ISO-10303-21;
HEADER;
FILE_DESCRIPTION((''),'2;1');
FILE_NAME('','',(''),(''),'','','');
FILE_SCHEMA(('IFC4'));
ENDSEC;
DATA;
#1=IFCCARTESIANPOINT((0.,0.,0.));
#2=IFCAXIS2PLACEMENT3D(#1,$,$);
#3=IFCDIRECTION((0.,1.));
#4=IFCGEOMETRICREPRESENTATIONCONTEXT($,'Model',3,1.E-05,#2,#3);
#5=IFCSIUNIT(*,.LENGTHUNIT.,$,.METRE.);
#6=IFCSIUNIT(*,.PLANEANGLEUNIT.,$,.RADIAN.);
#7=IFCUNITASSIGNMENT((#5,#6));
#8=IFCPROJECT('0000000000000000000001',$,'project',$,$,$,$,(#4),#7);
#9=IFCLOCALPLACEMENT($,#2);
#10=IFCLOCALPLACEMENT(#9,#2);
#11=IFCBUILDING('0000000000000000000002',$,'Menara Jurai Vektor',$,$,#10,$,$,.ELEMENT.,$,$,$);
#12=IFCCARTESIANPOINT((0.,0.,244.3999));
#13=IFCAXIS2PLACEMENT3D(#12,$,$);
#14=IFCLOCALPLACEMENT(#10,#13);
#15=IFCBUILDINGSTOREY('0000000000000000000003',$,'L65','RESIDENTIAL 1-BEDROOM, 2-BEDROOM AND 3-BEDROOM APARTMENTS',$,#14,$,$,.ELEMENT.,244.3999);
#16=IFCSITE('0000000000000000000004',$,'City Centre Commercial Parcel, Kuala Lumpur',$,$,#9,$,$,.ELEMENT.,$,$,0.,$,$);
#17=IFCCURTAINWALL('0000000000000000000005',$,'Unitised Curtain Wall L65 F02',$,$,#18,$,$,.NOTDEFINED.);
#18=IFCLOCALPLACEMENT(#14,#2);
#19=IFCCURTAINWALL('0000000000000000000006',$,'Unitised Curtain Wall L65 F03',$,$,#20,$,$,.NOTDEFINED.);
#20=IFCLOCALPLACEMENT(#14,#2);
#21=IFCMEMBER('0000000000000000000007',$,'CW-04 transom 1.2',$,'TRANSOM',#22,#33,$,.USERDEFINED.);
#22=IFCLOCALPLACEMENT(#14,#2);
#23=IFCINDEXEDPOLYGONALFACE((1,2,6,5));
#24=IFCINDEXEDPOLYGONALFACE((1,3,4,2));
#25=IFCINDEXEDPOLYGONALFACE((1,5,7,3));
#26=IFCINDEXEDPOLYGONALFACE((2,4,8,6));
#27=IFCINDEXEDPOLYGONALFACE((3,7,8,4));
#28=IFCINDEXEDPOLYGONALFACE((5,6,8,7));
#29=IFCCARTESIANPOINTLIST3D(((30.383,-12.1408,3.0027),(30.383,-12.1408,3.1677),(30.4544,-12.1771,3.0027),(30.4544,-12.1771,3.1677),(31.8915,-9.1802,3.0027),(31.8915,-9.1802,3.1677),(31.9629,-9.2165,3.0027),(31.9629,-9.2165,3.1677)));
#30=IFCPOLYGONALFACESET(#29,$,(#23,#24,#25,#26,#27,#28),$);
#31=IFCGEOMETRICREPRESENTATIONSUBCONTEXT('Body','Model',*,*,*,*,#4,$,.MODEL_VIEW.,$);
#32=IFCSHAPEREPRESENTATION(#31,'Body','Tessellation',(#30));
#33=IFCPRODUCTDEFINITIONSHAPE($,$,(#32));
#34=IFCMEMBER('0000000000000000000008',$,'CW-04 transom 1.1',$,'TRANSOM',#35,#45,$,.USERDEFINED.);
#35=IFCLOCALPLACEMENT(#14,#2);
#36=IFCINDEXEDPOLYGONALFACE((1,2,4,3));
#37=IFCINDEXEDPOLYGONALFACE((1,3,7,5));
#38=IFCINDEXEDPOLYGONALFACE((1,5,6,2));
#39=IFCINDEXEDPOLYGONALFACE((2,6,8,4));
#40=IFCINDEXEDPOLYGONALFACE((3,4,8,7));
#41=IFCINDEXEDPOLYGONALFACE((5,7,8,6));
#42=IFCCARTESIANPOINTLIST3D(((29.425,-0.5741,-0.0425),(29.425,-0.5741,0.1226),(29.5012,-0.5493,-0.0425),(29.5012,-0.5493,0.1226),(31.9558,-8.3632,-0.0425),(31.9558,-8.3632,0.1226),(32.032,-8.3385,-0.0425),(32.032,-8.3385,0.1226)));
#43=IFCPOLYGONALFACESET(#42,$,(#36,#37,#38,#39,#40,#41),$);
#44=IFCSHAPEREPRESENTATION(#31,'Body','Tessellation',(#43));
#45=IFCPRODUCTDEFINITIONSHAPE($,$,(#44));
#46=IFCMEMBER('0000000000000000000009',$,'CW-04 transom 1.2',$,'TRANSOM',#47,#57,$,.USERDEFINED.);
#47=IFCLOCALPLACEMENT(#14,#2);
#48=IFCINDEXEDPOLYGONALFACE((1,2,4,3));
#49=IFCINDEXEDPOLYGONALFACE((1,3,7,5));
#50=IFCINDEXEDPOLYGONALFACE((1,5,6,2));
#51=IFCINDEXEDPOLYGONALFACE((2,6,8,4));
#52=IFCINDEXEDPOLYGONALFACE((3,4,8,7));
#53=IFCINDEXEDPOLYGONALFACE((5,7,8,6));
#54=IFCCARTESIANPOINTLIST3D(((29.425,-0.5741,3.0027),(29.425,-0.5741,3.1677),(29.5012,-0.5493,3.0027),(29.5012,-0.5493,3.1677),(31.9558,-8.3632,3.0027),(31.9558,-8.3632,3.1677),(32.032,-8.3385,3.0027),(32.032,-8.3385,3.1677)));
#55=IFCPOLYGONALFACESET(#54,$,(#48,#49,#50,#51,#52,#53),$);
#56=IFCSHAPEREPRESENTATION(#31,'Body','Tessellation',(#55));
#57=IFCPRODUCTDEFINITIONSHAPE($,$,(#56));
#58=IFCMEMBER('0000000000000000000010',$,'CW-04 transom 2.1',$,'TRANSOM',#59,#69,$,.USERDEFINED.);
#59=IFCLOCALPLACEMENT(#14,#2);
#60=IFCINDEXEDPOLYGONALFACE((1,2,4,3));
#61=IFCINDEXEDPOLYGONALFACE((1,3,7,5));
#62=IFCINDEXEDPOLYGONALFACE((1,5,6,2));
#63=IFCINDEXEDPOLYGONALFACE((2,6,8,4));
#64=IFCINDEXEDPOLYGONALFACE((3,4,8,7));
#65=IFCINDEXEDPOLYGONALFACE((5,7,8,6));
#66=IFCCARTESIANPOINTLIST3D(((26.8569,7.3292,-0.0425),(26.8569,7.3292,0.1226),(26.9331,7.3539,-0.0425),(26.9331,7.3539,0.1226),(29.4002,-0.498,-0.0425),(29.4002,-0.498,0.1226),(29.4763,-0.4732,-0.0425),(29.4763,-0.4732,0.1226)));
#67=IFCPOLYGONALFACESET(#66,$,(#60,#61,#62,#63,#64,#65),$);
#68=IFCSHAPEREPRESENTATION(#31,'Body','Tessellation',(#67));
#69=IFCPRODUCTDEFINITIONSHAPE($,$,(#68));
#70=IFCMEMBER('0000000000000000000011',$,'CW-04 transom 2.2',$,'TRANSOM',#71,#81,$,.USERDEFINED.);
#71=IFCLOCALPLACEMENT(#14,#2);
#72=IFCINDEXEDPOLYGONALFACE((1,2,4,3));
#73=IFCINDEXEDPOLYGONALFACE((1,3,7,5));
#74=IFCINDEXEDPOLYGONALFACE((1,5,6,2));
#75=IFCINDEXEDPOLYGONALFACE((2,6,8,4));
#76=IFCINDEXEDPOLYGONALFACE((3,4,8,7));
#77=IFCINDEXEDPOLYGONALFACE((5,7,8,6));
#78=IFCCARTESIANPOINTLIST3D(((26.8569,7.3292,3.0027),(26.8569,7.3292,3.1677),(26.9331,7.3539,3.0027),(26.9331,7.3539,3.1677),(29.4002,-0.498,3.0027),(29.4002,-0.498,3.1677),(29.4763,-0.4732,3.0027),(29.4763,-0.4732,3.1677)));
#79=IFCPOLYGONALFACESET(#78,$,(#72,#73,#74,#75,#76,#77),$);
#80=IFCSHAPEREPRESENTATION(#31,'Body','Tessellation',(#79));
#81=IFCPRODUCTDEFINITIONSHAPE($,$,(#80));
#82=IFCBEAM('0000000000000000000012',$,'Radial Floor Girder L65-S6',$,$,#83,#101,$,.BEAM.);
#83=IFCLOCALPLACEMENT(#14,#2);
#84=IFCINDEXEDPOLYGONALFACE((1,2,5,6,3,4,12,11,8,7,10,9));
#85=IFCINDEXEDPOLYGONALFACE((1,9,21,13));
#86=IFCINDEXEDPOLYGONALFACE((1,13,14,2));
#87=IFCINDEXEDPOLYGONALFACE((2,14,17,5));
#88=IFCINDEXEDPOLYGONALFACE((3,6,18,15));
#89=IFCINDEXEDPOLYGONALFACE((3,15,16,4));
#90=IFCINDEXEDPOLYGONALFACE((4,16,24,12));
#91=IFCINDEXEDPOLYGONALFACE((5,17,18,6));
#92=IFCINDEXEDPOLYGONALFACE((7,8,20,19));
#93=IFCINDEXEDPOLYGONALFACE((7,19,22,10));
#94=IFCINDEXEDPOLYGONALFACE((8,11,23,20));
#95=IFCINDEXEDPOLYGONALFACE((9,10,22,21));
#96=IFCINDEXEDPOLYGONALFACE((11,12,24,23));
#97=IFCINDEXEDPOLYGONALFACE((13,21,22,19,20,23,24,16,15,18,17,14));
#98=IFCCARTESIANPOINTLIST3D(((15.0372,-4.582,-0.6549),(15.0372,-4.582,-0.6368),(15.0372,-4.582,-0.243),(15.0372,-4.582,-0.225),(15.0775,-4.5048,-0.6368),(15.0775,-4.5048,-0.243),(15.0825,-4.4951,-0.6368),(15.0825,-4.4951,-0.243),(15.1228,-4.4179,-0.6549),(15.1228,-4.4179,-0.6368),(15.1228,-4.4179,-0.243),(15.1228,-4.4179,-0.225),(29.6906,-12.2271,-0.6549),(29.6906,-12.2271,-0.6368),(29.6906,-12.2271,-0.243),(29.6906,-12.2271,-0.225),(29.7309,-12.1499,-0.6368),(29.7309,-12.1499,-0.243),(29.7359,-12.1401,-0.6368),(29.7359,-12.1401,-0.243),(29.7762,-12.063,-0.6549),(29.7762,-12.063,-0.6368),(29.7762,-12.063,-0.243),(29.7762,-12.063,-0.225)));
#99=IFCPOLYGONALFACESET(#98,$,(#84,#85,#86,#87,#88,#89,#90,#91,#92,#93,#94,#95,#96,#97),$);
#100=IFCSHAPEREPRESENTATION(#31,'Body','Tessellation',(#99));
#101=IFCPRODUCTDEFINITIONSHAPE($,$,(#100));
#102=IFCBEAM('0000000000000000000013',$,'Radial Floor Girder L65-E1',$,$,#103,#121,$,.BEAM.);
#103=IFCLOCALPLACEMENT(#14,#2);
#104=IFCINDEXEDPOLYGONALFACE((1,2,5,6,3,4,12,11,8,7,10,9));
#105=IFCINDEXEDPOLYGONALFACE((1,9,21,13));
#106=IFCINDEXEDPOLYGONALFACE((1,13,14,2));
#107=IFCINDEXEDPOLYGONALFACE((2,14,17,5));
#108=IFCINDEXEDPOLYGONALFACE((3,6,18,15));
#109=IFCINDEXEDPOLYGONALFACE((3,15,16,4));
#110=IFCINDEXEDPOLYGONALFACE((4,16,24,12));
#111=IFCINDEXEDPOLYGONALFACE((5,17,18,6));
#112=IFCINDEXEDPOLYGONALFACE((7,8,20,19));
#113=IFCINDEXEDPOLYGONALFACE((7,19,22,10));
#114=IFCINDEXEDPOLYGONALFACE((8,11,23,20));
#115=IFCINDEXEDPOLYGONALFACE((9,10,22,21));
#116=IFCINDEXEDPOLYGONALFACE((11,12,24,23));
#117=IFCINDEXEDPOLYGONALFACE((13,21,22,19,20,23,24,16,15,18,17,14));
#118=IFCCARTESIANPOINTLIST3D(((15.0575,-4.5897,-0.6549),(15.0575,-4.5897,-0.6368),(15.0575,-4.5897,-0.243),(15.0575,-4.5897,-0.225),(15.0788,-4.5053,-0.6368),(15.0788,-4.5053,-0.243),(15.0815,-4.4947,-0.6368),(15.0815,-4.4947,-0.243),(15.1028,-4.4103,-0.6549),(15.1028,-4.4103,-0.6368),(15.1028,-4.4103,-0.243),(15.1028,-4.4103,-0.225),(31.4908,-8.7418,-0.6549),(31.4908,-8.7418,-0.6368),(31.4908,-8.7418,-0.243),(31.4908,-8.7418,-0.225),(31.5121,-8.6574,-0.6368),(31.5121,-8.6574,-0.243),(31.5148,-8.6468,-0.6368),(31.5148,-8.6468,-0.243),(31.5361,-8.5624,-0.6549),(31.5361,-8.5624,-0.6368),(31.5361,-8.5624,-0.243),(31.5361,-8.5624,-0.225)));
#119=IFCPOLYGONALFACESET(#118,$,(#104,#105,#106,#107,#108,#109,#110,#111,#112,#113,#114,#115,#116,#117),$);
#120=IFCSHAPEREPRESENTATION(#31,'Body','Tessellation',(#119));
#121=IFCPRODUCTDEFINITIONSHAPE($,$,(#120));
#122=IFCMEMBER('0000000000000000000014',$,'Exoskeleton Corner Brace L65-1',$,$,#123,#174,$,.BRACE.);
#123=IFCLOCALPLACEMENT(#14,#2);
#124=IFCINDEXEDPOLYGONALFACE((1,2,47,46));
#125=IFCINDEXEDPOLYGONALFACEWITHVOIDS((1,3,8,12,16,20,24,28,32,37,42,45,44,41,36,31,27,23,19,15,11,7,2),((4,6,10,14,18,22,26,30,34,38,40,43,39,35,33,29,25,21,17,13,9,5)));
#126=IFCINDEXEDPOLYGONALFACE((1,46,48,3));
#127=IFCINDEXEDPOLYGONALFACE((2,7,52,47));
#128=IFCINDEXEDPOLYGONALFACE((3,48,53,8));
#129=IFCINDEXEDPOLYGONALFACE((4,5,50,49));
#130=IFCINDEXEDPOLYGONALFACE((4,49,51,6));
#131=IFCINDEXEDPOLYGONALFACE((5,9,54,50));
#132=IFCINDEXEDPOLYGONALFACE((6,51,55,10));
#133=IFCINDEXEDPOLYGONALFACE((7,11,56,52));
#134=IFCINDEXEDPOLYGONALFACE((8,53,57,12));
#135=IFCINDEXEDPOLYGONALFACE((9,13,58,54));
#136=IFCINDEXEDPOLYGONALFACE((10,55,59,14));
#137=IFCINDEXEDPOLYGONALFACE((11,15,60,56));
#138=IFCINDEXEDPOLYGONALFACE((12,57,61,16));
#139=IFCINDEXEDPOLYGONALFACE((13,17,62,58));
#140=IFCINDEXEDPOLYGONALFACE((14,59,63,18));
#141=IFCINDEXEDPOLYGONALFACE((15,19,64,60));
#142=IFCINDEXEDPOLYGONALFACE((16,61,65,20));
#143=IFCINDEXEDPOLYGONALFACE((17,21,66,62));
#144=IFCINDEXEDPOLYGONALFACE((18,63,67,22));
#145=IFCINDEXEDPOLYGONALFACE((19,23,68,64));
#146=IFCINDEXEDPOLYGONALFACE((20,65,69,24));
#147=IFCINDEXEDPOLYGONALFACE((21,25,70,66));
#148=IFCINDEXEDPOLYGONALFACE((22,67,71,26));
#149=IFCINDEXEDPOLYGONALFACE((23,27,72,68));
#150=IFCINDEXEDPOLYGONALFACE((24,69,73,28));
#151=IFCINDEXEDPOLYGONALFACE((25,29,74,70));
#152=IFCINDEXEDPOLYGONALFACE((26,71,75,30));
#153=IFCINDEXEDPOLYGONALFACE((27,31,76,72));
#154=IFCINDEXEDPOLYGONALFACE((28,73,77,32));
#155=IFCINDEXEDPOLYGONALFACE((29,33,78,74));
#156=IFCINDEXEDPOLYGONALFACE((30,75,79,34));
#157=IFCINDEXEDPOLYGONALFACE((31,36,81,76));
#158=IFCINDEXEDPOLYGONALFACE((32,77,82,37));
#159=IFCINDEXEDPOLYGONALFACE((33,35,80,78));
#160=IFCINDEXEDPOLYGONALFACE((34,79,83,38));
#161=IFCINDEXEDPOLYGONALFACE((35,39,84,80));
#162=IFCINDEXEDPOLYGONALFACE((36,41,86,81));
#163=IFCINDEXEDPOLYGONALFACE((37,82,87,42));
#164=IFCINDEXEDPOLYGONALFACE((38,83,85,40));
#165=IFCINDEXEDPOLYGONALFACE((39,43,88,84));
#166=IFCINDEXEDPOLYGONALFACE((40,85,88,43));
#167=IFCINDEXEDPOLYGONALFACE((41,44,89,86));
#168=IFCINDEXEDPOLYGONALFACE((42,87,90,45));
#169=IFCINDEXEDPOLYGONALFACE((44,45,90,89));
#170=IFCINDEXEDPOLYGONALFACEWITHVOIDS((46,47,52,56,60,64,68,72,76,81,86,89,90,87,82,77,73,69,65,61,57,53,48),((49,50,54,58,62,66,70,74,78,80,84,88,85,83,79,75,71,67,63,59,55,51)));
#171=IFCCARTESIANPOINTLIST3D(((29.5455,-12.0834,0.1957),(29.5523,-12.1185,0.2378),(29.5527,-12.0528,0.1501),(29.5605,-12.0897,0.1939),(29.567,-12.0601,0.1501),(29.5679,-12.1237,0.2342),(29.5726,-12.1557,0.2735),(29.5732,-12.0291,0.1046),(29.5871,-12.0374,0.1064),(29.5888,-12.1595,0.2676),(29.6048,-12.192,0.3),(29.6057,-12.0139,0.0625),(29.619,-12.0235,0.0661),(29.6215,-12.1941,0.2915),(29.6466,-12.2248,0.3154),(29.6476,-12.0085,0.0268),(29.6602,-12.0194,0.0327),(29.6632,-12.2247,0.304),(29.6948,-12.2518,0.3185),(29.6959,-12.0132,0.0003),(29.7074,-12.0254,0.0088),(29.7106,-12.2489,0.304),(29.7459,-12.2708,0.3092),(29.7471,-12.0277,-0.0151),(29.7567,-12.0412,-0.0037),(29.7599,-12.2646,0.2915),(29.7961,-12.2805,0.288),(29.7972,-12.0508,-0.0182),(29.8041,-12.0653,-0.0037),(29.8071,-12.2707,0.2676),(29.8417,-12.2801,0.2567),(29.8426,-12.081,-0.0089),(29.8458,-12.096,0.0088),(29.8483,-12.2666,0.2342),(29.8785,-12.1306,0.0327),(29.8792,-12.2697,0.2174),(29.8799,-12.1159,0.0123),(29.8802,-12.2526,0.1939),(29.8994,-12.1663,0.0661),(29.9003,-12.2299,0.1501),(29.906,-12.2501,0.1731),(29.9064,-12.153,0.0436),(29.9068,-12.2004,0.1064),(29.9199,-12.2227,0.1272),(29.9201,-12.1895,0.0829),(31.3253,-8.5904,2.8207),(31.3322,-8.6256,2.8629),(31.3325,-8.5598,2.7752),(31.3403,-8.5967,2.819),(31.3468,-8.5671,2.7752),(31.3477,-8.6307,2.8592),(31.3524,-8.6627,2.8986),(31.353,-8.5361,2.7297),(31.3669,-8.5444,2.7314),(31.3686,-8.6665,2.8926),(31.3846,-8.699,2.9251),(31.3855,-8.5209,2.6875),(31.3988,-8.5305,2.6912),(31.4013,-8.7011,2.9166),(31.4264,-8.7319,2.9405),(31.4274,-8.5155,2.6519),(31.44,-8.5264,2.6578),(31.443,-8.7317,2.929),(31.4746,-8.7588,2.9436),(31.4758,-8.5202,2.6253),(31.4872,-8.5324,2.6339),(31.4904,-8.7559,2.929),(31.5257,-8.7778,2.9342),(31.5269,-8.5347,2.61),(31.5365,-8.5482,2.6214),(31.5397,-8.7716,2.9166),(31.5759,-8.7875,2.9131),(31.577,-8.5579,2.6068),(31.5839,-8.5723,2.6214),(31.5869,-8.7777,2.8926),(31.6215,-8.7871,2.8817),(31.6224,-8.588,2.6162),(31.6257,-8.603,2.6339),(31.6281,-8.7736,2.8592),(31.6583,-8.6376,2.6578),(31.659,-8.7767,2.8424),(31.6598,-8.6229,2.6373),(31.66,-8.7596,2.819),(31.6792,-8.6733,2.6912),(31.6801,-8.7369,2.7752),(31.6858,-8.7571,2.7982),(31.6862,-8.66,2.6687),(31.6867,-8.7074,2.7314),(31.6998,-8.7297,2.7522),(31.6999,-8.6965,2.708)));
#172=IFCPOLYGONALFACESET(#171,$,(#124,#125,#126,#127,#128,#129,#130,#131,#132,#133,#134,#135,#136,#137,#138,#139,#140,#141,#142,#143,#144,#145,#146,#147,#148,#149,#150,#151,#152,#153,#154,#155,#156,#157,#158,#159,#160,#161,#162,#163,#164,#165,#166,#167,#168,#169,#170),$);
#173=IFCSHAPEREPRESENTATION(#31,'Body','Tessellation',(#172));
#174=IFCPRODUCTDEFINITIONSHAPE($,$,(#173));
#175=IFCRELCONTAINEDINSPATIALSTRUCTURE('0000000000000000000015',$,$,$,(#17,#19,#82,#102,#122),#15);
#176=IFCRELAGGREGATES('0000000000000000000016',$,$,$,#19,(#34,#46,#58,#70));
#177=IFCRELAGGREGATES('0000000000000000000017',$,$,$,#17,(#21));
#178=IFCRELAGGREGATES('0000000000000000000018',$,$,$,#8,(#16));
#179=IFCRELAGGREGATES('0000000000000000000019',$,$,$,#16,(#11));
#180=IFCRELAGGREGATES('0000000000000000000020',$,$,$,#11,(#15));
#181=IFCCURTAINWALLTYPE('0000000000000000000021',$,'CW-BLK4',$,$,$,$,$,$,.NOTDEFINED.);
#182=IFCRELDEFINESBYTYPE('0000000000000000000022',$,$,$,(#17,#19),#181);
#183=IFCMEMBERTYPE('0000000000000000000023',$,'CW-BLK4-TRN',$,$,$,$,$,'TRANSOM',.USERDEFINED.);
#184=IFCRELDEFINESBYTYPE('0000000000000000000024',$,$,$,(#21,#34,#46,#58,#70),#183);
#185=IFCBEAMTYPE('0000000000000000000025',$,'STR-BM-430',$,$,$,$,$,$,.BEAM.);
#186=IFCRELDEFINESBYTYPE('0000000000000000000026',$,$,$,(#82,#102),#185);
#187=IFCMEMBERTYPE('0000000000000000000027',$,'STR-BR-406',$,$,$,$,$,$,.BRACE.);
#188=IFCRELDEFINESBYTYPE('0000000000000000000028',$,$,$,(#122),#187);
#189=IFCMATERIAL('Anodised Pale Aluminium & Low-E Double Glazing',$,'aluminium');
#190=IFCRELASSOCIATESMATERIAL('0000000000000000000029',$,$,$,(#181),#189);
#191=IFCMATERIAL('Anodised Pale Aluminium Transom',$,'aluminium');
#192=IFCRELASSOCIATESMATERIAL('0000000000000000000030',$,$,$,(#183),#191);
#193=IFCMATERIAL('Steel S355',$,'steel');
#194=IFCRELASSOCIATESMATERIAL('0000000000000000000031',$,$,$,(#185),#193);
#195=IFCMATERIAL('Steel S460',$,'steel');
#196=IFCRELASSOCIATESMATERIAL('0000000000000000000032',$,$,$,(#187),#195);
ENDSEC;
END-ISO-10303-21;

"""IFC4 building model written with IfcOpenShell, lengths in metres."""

from ifc_helpers import new_model, si_unit, direction, frame, origin, origin_2d, place, context, subcontext, project, spatial, rectangle, hollow_circle, i_section, extrude, material, material_profile, profile_set, type_object, element, aggregate, save


model = new_model("IFC4")

# Units and contexts
model_context = context("Model", 3, precision=1e-05, world=origin(), true_north=direction((0.0, 1.0)))
body_context = subcontext(model_context, "Body", "Model", "MODEL_VIEW")
ifc_project = project(units=[si_unit("LENGTHUNIT", "METRE"), si_unit("PLANEANGLEUNIT", "RADIAN")], contexts=[model_context])

# Site, building, storey
site_placement = place(None, origin())
site = spatial("IfcSite", under=ifc_project, at=site_placement, Name="City Centre Commercial Parcel, Kuala Lumpur", CompositionType="ELEMENT", RefElevation=0.0)
building_placement = place(site_placement, origin())
building = spatial("IfcBuilding", under=site, at=building_placement, Name="Menara Jurai Vektor", CompositionType="ELEMENT")
storey_placement = place(building_placement, frame((0.0, 0.0, 244.3999)))
storey = spatial("IfcBuildingStorey", under=building, at=storey_placement, Name="L65", Description="RESIDENTIAL 1-BEDROOM, 2-BEDROOM AND 3-BEDROOM APARTMENTS", CompositionType="ELEMENT", Elevation=244.3999)

# Shared definitions
ifc_material_1 = material(Name="Steel S460", Category="steel")

# Shared definitions
ifc_material_2 = material(Name="Anodised Pale Aluminium & Low-E Double Glazing", Category="aluminium")
curtain_wall_type = type_object("IfcCurtainWallType", Name="CW-BLK4", PredefinedType="NOTDEFINED", material=ifc_material_2)

# Curtain walls
curtain_wall_1_placement = place(storey_placement, origin())
curtain_wall_1 = element("IfcCurtainWall", 1, at=curtain_wall_1_placement, inside=storey, type_object=curtain_wall_type, Name="Unitised Curtain Wall L65 F02", PredefinedType="NOTDEFINED")
curtain_wall_2_placement = place(storey_placement, origin())
curtain_wall_2 = element("IfcCurtainWall", 2, at=curtain_wall_2_placement, inside=storey, type_object=curtain_wall_type, Name="Unitised Curtain Wall L65 F03", PredefinedType="NOTDEFINED")

# Members
ifc_material_3 = material(Name="Anodised Pale Aluminium Transom", Category="aluminium")
ifc_material_profile_1 = material_profile(ifc_material_3, rectangle(XDim=0.0801, YDim=0.165, at=origin_2d()), Name="ALU TRN 80x165")
ifc_profile_set_1 = profile_set([ifc_material_profile_1], Name="Anodised Pale Aluminium Transom")
member_type_1 = type_object("IfcMemberType", Name="CW-BLK4-TRN", ElementType="TRANSOM", PredefinedType="USERDEFINED", material=ifc_profile_set_1)
member_1_placement = place(storey_placement, frame((30.4187, -12.1589, 3.0852), z_axis=(0.45399, 0.891007, 0.0), x_axis=(-0.891007, 0.45399, 0.0)))
member_1 = element("IfcMember", 3, at=member_1_placement, type_object=member_type_1, Name="CW-04 transom 1.2", ObjectType="TRANSOM", PredefinedType="USERDEFINED", context=body_context, shape_type="SweptSolid", body=[
    extrude(rectangle(XDim=0.0801, YDim=0.165, at=origin_2d()), origin(), (0.0, 0.0, 1.0), 3.3228),
])
member_2_placement = place(storey_placement, frame((31.9939, -8.3508, 0.04), z_axis=(-0.309011, 0.951059, 0.0), x_axis=(-0.951059, -0.309011, 0.0)))
member_2 = element("IfcMember", 4, at=member_2_placement, type_object=member_type_1, Name="CW-04 transom 1.1", ObjectType="TRANSOM", PredefinedType="USERDEFINED", context=body_context, shape_type="SweptSolid", body=[
    extrude(rectangle(XDim=0.0801, YDim=0.165, at=origin_2d()), origin(), (0.0, 0.0, 1.0), 8.1899),
])
member_3_placement = place(storey_placement, frame((31.9939, -8.3508, 3.0852), z_axis=(-0.309011, 0.951059, 0.0), x_axis=(-0.951059, -0.309011, 0.0)))
member_3 = element("IfcMember", 5, at=member_3_placement, type_object=member_type_1, Name="CW-04 transom 1.2", ObjectType="TRANSOM", PredefinedType="USERDEFINED", context=body_context, shape_type="SweptSolid", body=[
    extrude(rectangle(XDim=0.0801, YDim=0.165, at=origin_2d()), origin(), (0.0, 0.0, 1.0), 8.1899),
])
member_4_placement = place(storey_placement, frame((29.4382, -0.4856, 0.04), z_axis=(-0.309019, 0.951056, 0.0), x_axis=(-0.951056, -0.309019, 0.0)))
member_4 = element("IfcMember", 6, at=member_4_placement, type_object=member_type_1, Name="CW-04 transom 2.1", ObjectType="TRANSOM", PredefinedType="USERDEFINED", context=body_context, shape_type="SweptSolid", body=[
    extrude(rectangle(XDim=0.0801, YDim=0.165, at=origin_2d()), origin(), (0.0, 0.0, 1.0), 8.23),
])
member_5_placement = place(storey_placement, frame((29.4382, -0.4856, 3.0852), z_axis=(-0.309019, 0.951056, 0.0), x_axis=(-0.951056, -0.309019, 0.0)))
member_5 = element("IfcMember", 7, at=member_5_placement, type_object=member_type_1, Name="CW-04 transom 2.2", ObjectType="TRANSOM", PredefinedType="USERDEFINED", context=body_context, shape_type="SweptSolid", body=[
    extrude(rectangle(XDim=0.0801, YDim=0.165, at=origin_2d()), origin(), (0.0, 0.0, 1.0), 8.23),
])

# Beams
ifc_material_4 = material(Name="Steel S355", Category="steel")
ifc_material_profile_2 = material_profile(ifc_material_4, i_section(OverallWidth=0.1851, OverallDepth=0.4299, WebThickness=0.011, FlangeThickness=0.0181, at=origin_2d()), Name="PG 430x185x76")
ifc_profile_set_2 = profile_set([ifc_material_profile_2], Name="Steel S355")
beam_type_1 = type_object("IfcBeamType", Name="STR-BM-430", PredefinedType="BEAM", material=ifc_profile_set_2)
beam_1_placement = place(storey_placement, frame((29.7334, -12.145, -0.4399), z_axis=(-0.88659, 0.462557, 0.0), x_axis=(-0.462557, -0.88659, 0.0)))
element("IfcBeam", 8, at=beam_1_placement, inside=storey, type_object=beam_type_1, Name="Radial Floor Girder L65-S6", PredefinedType="BEAM", context=body_context, shape_type="SweptSolid", body=[
    extrude(i_section(OverallWidth=0.1851, OverallDepth=0.4299, WebThickness=0.011, FlangeThickness=0.0181, at=origin_2d()), origin(), (0.0, 0.0, 1.0), 16.5278),
])
beam_2_placement = place(storey_placement, frame((31.5134, -8.6521, -0.4399), z_axis=(-0.969532, 0.244965, 0.0), x_axis=(-0.244965, -0.969532, 0.0)))
element("IfcBeam", 9, at=beam_2_placement, inside=storey, type_object=beam_type_1, Name="Radial Floor Girder L65-E1", PredefinedType="BEAM", context=body_context, shape_type="SweptSolid", body=[
    extrude(i_section(OverallWidth=0.1851, OverallDepth=0.4299, WebThickness=0.011, FlangeThickness=0.0181, at=origin_2d()), origin(), (0.0, 0.0, 1.0), 16.9497),
])

# Member
ifc_material_profile_3 = material_profile(ifc_material_1, hollow_circle(Radius=0.2031, WallThickness=0.0161, at=origin_2d()), Name="CHS 406.4x16")
ifc_profile_set_3 = profile_set([ifc_material_profile_3], Name="Steel S460")
member_type_2 = type_object("IfcMemberType", Name="STR-BR-406", PredefinedType="BRACE", material=ifc_profile_set_3)
member_6_placement = place(storey_placement, frame((29.7336, -12.145, 0.1501), z_axis=(0.37724, 0.740352, 0.556389), x_axis=(-0.891001, 0.454001, 0.0)))
element("IfcMember", 10, at=member_6_placement, inside=storey, type_object=member_type_2, Name="Exoskeleton Corner Brace L65-1", PredefinedType="BRACE", context=body_context, shape_type="SweptSolid", body=[
    extrude(hollow_circle(Radius=0.2031, WallThickness=0.0161, at=origin_2d()), origin(), (0.0, 0.0, 1.0), 4.718),
])

aggregate(curtain_wall_2, [member_2, member_3, member_4, member_5])
aggregate(curtain_wall_1, [member_1])

save(model, "model.ifc")
